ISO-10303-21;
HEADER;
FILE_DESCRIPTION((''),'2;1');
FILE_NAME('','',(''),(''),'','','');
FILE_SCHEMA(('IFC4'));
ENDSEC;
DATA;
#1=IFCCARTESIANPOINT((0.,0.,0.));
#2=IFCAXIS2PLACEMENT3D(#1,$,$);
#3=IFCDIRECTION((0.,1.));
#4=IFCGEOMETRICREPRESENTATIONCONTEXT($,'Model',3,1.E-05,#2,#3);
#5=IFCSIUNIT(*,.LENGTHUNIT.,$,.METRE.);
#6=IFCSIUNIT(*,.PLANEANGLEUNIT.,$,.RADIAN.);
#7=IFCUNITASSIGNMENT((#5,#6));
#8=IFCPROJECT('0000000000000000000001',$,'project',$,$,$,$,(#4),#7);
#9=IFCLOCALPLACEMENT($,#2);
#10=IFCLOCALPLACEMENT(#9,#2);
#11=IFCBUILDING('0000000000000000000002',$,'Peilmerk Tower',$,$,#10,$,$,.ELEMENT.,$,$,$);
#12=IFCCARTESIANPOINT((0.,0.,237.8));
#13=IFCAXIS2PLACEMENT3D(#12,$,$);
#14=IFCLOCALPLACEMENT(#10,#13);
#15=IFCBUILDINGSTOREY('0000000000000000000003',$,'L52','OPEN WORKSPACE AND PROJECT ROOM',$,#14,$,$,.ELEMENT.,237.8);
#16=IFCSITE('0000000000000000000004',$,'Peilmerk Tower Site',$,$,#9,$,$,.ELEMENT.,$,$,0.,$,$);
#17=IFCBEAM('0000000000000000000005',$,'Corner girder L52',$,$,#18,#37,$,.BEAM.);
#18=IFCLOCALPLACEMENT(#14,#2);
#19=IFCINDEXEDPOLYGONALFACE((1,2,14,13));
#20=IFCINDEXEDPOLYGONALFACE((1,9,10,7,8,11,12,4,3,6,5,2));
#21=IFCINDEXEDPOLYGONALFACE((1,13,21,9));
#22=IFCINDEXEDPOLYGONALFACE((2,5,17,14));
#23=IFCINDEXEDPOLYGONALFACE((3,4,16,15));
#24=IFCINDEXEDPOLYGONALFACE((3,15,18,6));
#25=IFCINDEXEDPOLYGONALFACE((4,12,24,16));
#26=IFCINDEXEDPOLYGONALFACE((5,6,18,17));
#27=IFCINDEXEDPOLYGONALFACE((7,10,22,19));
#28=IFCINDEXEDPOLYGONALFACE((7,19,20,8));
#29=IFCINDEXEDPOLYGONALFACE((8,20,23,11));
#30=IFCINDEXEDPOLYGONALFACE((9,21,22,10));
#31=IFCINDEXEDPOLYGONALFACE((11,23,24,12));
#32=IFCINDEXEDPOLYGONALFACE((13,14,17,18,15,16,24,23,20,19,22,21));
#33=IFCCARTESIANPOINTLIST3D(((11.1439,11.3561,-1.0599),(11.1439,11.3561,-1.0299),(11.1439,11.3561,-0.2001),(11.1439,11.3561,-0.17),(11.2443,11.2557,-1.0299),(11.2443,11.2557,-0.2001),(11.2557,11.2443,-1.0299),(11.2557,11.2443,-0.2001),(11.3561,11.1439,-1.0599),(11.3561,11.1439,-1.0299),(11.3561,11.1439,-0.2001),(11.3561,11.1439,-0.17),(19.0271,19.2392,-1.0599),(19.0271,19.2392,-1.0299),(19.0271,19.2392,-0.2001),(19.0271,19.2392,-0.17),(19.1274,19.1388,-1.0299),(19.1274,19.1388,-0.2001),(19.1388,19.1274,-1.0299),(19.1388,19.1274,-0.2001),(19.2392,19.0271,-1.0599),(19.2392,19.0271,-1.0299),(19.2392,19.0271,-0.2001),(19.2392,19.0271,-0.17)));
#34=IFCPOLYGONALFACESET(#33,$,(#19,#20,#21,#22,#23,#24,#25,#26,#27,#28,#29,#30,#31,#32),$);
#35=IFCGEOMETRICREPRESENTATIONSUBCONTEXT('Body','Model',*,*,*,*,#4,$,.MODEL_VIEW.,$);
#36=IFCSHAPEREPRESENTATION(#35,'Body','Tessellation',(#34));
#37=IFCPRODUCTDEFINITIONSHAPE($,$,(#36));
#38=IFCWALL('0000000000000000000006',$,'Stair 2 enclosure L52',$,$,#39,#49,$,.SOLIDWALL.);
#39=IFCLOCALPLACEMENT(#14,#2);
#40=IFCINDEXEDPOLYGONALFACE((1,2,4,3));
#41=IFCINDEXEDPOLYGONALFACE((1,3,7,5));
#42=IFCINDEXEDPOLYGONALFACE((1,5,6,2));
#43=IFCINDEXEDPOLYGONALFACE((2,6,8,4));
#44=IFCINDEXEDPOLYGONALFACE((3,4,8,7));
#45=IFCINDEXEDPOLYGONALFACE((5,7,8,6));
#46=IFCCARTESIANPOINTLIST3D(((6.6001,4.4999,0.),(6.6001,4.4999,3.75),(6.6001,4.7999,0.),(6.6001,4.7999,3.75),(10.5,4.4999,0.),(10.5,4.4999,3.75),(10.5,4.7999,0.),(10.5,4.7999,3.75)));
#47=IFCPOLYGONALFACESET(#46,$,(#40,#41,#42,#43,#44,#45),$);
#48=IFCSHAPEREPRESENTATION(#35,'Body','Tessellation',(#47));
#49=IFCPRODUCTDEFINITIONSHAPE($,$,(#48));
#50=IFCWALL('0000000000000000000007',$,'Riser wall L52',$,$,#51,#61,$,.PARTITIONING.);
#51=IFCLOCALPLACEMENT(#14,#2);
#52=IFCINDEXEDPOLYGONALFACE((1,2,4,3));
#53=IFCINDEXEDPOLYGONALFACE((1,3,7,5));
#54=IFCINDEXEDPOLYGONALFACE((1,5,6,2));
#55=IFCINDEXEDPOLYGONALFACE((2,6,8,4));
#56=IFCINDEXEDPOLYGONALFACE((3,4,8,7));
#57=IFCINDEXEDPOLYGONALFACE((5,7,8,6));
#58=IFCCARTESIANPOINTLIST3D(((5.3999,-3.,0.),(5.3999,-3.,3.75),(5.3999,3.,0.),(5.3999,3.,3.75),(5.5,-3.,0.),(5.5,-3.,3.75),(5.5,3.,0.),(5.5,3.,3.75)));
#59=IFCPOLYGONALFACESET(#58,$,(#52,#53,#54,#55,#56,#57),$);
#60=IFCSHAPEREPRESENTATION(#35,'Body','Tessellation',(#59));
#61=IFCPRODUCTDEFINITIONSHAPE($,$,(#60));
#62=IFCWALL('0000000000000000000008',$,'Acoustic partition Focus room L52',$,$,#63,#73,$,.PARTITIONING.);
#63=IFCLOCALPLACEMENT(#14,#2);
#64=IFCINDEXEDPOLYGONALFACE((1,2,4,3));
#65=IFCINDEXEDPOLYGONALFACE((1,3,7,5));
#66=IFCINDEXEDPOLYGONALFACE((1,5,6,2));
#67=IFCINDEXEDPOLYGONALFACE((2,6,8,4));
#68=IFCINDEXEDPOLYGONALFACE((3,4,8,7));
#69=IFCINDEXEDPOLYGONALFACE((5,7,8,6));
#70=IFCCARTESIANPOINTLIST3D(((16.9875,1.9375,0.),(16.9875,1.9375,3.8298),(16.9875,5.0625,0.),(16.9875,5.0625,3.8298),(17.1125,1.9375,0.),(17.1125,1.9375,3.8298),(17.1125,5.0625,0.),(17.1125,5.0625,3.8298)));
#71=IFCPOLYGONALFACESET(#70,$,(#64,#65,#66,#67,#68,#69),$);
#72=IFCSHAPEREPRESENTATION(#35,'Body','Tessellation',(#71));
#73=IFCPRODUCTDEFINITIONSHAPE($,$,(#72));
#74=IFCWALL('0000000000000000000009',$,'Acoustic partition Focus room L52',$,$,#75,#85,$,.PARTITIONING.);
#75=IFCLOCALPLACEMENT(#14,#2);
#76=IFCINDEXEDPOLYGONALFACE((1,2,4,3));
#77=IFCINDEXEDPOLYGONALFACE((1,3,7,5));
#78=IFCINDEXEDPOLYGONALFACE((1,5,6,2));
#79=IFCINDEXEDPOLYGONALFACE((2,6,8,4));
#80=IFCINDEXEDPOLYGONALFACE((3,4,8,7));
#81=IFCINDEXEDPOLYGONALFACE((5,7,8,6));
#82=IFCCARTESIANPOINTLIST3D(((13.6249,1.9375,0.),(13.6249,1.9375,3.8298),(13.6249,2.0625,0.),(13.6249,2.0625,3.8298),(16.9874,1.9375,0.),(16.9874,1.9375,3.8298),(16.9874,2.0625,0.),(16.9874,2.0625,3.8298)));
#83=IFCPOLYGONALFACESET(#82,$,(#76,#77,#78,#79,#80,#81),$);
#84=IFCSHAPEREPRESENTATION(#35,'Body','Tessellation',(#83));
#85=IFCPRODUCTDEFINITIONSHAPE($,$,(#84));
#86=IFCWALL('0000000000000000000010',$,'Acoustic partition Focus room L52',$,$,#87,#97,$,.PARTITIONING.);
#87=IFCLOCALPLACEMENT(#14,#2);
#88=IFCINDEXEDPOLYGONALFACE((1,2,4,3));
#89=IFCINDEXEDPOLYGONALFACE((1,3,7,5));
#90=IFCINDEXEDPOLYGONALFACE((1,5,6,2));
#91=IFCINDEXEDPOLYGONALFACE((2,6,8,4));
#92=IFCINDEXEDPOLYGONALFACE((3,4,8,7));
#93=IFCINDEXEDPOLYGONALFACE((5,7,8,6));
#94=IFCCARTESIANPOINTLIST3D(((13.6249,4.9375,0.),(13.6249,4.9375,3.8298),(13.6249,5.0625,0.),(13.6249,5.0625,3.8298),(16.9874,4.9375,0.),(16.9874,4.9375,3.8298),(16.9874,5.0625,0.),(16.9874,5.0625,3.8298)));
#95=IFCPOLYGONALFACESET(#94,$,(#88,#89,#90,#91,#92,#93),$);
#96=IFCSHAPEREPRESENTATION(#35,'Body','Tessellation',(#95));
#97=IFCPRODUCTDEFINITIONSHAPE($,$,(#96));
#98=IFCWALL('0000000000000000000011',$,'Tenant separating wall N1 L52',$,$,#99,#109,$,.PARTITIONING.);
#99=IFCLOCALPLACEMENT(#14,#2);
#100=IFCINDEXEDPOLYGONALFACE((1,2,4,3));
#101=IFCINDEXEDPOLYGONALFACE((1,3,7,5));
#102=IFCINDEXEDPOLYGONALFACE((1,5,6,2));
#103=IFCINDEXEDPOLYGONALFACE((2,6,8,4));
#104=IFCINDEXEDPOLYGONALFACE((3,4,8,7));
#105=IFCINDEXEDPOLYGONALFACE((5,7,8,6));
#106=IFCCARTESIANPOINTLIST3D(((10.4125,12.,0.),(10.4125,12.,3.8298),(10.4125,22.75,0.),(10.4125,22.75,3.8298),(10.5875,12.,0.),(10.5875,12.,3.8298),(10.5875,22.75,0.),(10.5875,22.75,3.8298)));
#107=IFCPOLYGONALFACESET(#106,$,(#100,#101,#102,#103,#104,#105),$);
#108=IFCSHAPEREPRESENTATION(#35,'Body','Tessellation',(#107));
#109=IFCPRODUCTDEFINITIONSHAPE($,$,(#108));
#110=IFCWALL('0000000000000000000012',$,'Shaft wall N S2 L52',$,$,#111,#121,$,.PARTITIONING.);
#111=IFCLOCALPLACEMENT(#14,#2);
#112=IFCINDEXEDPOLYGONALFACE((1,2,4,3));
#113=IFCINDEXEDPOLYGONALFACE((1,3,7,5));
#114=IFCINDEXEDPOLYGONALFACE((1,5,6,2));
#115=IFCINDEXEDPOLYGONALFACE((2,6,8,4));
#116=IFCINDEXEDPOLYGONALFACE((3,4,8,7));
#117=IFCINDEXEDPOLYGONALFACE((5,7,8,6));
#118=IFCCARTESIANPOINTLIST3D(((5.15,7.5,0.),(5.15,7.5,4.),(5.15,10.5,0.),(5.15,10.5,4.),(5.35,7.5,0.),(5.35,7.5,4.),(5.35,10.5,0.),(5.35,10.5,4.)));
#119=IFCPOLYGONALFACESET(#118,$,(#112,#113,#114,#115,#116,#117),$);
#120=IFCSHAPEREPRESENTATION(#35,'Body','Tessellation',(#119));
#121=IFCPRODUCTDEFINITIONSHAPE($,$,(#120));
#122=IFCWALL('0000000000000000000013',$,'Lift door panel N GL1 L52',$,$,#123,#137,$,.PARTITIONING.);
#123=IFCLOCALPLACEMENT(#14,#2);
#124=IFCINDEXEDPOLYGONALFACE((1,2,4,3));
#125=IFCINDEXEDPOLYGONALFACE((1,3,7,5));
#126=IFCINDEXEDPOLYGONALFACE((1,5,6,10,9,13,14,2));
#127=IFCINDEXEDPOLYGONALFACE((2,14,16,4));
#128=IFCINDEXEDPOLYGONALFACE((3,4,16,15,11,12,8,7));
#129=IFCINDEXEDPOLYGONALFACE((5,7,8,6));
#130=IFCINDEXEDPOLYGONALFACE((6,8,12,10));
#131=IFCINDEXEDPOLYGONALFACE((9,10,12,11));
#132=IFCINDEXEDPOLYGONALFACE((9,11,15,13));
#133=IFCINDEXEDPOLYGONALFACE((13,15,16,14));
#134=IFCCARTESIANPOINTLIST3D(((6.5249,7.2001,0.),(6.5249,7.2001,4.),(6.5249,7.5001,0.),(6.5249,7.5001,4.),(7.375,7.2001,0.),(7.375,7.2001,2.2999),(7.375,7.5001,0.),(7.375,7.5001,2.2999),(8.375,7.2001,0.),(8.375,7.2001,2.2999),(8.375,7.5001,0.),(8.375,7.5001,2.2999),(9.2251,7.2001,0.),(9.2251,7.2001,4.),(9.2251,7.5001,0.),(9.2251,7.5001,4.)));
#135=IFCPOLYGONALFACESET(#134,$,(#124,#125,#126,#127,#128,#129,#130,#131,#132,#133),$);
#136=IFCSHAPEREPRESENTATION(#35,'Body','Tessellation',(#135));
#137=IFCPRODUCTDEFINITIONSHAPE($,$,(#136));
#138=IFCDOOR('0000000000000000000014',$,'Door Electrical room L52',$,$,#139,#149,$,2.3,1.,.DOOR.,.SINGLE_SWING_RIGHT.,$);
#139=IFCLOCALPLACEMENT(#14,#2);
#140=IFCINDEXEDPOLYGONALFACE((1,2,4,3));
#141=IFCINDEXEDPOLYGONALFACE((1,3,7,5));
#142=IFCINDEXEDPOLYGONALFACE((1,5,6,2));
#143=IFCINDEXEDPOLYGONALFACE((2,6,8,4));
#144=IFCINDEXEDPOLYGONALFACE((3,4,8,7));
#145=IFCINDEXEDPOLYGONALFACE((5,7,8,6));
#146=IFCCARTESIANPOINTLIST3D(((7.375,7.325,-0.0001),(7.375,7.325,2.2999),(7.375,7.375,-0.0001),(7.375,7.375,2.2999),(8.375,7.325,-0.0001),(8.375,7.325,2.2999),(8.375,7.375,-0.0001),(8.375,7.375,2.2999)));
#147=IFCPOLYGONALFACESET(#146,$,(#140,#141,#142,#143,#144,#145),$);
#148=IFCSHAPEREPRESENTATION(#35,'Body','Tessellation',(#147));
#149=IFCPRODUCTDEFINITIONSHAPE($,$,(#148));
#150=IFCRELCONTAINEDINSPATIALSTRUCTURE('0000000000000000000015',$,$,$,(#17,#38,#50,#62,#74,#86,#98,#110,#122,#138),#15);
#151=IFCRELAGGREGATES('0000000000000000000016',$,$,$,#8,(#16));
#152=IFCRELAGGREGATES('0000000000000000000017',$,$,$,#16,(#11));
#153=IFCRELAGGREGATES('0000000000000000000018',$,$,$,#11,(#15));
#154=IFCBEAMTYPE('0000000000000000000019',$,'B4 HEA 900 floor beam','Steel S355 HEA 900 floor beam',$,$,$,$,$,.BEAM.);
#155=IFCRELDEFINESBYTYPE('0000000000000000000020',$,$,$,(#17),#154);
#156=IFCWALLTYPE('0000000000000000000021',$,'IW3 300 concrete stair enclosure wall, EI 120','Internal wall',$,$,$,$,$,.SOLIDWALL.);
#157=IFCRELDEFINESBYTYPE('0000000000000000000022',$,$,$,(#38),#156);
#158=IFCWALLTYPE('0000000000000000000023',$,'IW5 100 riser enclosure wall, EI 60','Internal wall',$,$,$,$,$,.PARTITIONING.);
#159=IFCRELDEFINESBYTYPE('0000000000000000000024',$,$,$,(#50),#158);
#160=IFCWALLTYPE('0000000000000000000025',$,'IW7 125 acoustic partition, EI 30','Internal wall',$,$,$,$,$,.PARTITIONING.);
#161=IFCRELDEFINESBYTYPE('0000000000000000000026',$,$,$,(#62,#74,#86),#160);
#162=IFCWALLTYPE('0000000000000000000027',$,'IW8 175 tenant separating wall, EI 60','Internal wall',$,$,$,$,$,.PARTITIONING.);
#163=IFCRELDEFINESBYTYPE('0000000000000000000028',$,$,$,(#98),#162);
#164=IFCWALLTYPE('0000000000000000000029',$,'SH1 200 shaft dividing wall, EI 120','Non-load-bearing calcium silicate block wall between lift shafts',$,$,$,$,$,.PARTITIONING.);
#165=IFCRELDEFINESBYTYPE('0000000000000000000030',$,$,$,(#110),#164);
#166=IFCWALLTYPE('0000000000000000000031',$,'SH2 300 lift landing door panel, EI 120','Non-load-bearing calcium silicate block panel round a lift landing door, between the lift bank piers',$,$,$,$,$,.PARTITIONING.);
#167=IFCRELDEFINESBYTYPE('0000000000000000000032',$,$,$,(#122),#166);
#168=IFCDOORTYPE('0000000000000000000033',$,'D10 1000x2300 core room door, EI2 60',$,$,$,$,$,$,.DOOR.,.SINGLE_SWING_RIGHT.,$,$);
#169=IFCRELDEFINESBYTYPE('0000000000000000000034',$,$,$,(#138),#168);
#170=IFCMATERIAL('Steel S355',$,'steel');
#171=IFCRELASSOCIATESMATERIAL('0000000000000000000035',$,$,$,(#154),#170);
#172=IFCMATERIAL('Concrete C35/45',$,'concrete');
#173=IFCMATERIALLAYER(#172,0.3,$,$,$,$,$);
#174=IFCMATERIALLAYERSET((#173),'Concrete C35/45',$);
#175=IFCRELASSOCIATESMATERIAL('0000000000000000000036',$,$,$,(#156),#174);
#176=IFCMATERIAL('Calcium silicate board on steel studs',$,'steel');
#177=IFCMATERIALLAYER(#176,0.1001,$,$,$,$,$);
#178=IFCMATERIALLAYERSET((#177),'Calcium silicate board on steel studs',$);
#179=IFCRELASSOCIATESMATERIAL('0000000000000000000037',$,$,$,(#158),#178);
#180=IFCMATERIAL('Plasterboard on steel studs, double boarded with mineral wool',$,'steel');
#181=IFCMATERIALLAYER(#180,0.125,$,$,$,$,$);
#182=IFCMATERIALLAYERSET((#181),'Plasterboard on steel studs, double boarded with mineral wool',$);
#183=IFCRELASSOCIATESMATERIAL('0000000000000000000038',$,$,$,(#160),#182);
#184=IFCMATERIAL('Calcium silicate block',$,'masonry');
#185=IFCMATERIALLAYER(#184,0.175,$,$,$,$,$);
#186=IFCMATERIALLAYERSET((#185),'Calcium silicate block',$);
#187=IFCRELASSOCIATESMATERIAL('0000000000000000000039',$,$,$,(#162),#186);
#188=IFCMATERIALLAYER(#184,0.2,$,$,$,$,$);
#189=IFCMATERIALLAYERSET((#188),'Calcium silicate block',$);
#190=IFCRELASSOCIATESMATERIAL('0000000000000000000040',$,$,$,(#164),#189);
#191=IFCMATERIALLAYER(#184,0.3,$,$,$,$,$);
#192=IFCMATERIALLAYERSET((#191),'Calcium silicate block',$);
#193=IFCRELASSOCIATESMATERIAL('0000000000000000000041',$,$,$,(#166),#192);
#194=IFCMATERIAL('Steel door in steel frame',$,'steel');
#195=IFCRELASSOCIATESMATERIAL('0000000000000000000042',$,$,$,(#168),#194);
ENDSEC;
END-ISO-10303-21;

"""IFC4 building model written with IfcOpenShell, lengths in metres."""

from ifc_helpers import new_model, si_unit, direction, frame, frame_2d, origin, origin_2d, place, context, subcontext, project, spatial, rectangle, i_section, extrude, material, layer, layer_set, material_profile, profile_set, type_object, element, fill, save


model = new_model("IFC4")

# Units and contexts
model_context = context("Model", 3, precision=1e-05, world=origin(), true_north=direction((0.0, 1.0)))
body_context = subcontext(model_context, "Body", "Model", "MODEL_VIEW")
ifc_project = project(units=[si_unit("LENGTHUNIT", "METRE"), si_unit("PLANEANGLEUNIT", "RADIAN")], contexts=[model_context])

# Site, building, storey
site_placement = place(None, origin())
site = spatial("IfcSite", under=ifc_project, at=site_placement, Name="Peilmerk Tower Site", CompositionType="ELEMENT", RefElevation=0.0)
building_placement = place(site_placement, origin())
building = spatial("IfcBuilding", under=site, at=building_placement, Name="Peilmerk Tower", CompositionType="ELEMENT")
storey_placement = place(building_placement, frame((0.0, 0.0, 237.8)))
storey = spatial("IfcBuildingStorey", under=building, at=storey_placement, Name="L52", Description="OPEN WORKSPACE AND PROJECT ROOM", CompositionType="ELEMENT", Elevation=237.8)

# Beam
ifc_material_1 = material(Name="Steel S355", Category="steel")
ifc_material_profile_1 = material_profile(ifc_material_1, i_section(OverallWidth=0.3, OverallDepth=0.8899, WebThickness=0.0161, FlangeThickness=0.03, at=origin_2d()), Name="HEA 900")
ifc_profile_set_1 = profile_set([ifc_material_profile_1], Name="Steel S355")
beam_type_1 = type_object("IfcBeamType", Name="B4 HEA 900 floor beam", Description="Steel S355 HEA 900 floor beam", PredefinedType="BEAM", material=ifc_profile_set_1)
beam_1_placement = place(storey_placement, frame((11.25, 11.25, -0.615), z_axis=(0.707107, 0.707107, 0.0), x_axis=(-0.707107, 0.707107, 0.0)))
element("IfcBeam", 1, at=beam_1_placement, inside=storey, type_object=beam_type_1, Name="Corner girder L52", PredefinedType="BEAM", context=body_context, shape_type="SweptSolid", body=[
    extrude(i_section(OverallWidth=0.3, OverallDepth=0.8899, WebThickness=0.0161, FlangeThickness=0.03, at=origin_2d()), origin(), (0.0, 0.0, 1.0), 11.1484),
])

# Walls
ifc_material_2 = material(Name="Concrete C35/45", Category="concrete")
ifc_layer_1 = layer(ifc_material_2, 0.3)
ifc_layer_set_1 = layer_set([ifc_layer_1], Name="Concrete C35/45")
wall_type_1 = type_object("IfcWallType", Name="IW3 300 concrete stair enclosure wall, EI 120", Description="Internal wall", PredefinedType="SOLIDWALL", material=ifc_layer_set_1)
wall_1_placement = place(storey_placement, frame((6.6001, 4.6499, 0.0), z_axis=(0.0, 0.0, 1.0), x_axis=(1.0, 0.0, 0.0)))
element("IfcWall", 2, at=wall_1_placement, inside=storey, type_object=wall_type_1, Name="Stair 2 enclosure L52", PredefinedType="SOLIDWALL", context=body_context, shape_type="SweptSolid", body=[
    extrude(rectangle(XDim=3.8999, YDim=0.3, at=frame_2d((1.95, 0.0))), origin(), (0.0, 0.0, 1.0), 3.75),
])
ifc_material_3 = material(Name="Calcium silicate board on steel studs", Category="steel")
ifc_layer_2 = layer(ifc_material_3, 0.1001)
ifc_layer_set_2 = layer_set([ifc_layer_2], Name="Calcium silicate board on steel studs")
wall_type_2 = type_object("IfcWallType", Name="IW5 100 riser enclosure wall, EI 60", Description="Internal wall", PredefinedType="PARTITIONING", material=ifc_layer_set_2)
wall_2_placement = place(storey_placement, frame((5.45, 3.0, 0.0), z_axis=(0.0, 0.0, 1.0), x_axis=(0.0, -1.0, 0.0)))
element("IfcWall", 3, at=wall_2_placement, inside=storey, type_object=wall_type_2, Name="Riser wall L52", PredefinedType="PARTITIONING", context=body_context, shape_type="SweptSolid", body=[
    extrude(rectangle(XDim=6.0, YDim=0.1001, at=frame_2d((3.0, 0.0))), origin(), (0.0, 0.0, 1.0), 3.75),
])
ifc_material_4 = material(Name="Plasterboard on steel studs, double boarded with mineral wool", Category="steel")
ifc_layer_3 = layer(ifc_material_4, 0.125)
ifc_layer_set_3 = layer_set([ifc_layer_3], Name="Plasterboard on steel studs, double boarded with mineral wool")
wall_type_3 = type_object("IfcWallType", Name="IW7 125 acoustic partition, EI 30", Description="Internal wall", PredefinedType="PARTITIONING", material=ifc_layer_set_3)
wall_3_placement = place(storey_placement, frame((17.05, 1.9375, 0.0), z_axis=(0.0, 0.0, 1.0), x_axis=(0.0, 1.0, 0.0)))
element("IfcWall", 4, at=wall_3_placement, inside=storey, type_object=wall_type_3, Name="Acoustic partition Focus room L52", PredefinedType="PARTITIONING", context=body_context, shape_type="SweptSolid", body=[
    extrude(rectangle(XDim=3.125, YDim=0.125, at=frame_2d((1.5625, 0.0))), origin(), (0.0, 0.0, 1.0), 3.8298),
])
for number, where, z_axis, x_axis, name in (
    (5, (13.625, 2.0, 0.0), (0.0, 0.0, 1.0), (1.0, 0.0, 0.0), "Acoustic partition Focus room L52"),
    (6, (13.625, 5.0, 0.0), (0.0, 0.0, 1.0), (1.0, 0.0, 0.0), "Acoustic partition Focus room L52"),
):
    element("IfcWall", number, at=place(storey_placement, frame(where, z_axis=z_axis, x_axis=x_axis)), inside=storey, type_object=wall_type_3, Name=name, PredefinedType="PARTITIONING", context=body_context, shape_type="SweptSolid", body=[
        extrude(rectangle(XDim=3.3625, YDim=0.125, at=frame_2d((1.6812, 0.0))), origin(), (0.0, 0.0, 1.0), 3.8298),
    ])
ifc_material_5 = material(Name="Calcium silicate block", Category="masonry")
ifc_layer_4 = layer(ifc_material_5, 0.175)
ifc_layer_set_4 = layer_set([ifc_layer_4], Name="Calcium silicate block")
wall_type_4 = type_object("IfcWallType", Name="IW8 175 tenant separating wall, EI 60", Description="Internal wall", PredefinedType="PARTITIONING", material=ifc_layer_set_4)
wall_4_placement = place(storey_placement, frame((10.5, 12.0, 0.0), z_axis=(0.0, 0.0, 1.0), x_axis=(0.0, 1.0, 0.0)))
element("IfcWall", 7, at=wall_4_placement, inside=storey, type_object=wall_type_4, Name="Tenant separating wall N1 L52", PredefinedType="PARTITIONING", context=body_context, shape_type="SweptSolid", body=[
    extrude(rectangle(XDim=10.75, YDim=0.175, at=frame_2d((5.375, 0.0))), origin(), (0.0, 0.0, 1.0), 3.8298),
])
ifc_layer_5 = layer(ifc_material_5, 0.2)
ifc_layer_set_5 = layer_set([ifc_layer_5], Name="Calcium silicate block")
wall_type_5 = type_object("IfcWallType", Name="SH1 200 shaft dividing wall, EI 120", Description="Non-load-bearing calcium silicate block wall between lift shafts", PredefinedType="PARTITIONING", material=ifc_layer_set_5)
wall_5_placement = place(storey_placement, frame((5.25, 7.5, 0.0), z_axis=(0.0, 0.0, 1.0), x_axis=(0.0, 1.0, 0.0)))
element("IfcWall", 8, at=wall_5_placement, inside=storey, type_object=wall_type_5, Name="Shaft wall N S2 L52", PredefinedType="PARTITIONING", context=body_context, shape_type="SweptSolid", body=[
    extrude(rectangle(XDim=3.0, YDim=0.2, at=frame_2d((1.5, 0.0))), origin(), (0.0, 0.0, 1.0), 4.0),
])

# Wall, opening, door
ifc_layer_6 = layer(ifc_material_5, 0.3)
ifc_layer_set_6 = layer_set([ifc_layer_6], Name="Calcium silicate block")
wall_type_6 = type_object("IfcWallType", Name="SH2 300 lift landing door panel, EI 120", Description="Non-load-bearing calcium silicate block panel round a lift landing door, between the lift bank piers", PredefinedType="PARTITIONING", material=ifc_layer_set_6)
wall_6_placement = place(storey_placement, frame((6.5249, 7.3501, 0.0), z_axis=(0.0, 0.0, 1.0), x_axis=(1.0, 0.0, 0.0)))
wall_6 = element("IfcWall", 9, at=wall_6_placement, inside=storey, type_object=wall_type_6, Name="Lift door panel N GL1 L52", PredefinedType="PARTITIONING", context=body_context, shape_type="SweptSolid", body=[
    extrude(rectangle(XDim=2.7002, YDim=0.3, at=frame_2d((1.3501, 0.0))), origin(), (0.0, 0.0, 1.0), 4.0),
])
opening_1_placement = place(wall_6_placement, frame((0.8501, 0.0, 0.0)))
opening_1 = element("IfcOpeningElement", 10, at=opening_1_placement, cuts=wall_6, PredefinedType="OPENING", context=body_context, shape_type="SweptSolid", body=[
    extrude(rectangle(XDim=1.0, YDim=2.3, at=frame_2d((0.5, 1.1499))), frame((0.0, 0.1599, 0.0), z_axis=(0.0, -1.0, 0.0), x_axis=(1.0, 0.0, 0.0)), (0.0, 0.0, 1.0), 0.3201),
])
ifc_material_6 = material(Name="Steel door in steel frame", Category="steel")
door_type_1 = type_object("IfcDoorType", Name="D10 1000x2300 core room door, EI2 60", OperationType="SINGLE_SWING_RIGHT", PredefinedType="DOOR", material=ifc_material_6)
door_1_placement = place(opening_1_placement, origin())
door_1 = element("IfcDoor", 11, at=door_1_placement, inside=storey, type_object=door_type_1, Name="Door Electrical room L52", OperationType="SINGLE_SWING_RIGHT", OverallHeight=2.3, OverallWidth=1.0, PredefinedType="DOOR", context=body_context, shape_type="SweptSolid", body=[
    extrude(rectangle(XDim=1.0, YDim=2.3, at=frame_2d((0.5, 1.1499))), frame((0.0, 0.0249, 0.0), z_axis=(0.0, -1.0, 0.0), x_axis=(1.0, 0.0, 0.0)), (0.0, 0.0, 1.0), 0.05),
])
fill(opening_1, door_1)

save(model, "model.ifc")
